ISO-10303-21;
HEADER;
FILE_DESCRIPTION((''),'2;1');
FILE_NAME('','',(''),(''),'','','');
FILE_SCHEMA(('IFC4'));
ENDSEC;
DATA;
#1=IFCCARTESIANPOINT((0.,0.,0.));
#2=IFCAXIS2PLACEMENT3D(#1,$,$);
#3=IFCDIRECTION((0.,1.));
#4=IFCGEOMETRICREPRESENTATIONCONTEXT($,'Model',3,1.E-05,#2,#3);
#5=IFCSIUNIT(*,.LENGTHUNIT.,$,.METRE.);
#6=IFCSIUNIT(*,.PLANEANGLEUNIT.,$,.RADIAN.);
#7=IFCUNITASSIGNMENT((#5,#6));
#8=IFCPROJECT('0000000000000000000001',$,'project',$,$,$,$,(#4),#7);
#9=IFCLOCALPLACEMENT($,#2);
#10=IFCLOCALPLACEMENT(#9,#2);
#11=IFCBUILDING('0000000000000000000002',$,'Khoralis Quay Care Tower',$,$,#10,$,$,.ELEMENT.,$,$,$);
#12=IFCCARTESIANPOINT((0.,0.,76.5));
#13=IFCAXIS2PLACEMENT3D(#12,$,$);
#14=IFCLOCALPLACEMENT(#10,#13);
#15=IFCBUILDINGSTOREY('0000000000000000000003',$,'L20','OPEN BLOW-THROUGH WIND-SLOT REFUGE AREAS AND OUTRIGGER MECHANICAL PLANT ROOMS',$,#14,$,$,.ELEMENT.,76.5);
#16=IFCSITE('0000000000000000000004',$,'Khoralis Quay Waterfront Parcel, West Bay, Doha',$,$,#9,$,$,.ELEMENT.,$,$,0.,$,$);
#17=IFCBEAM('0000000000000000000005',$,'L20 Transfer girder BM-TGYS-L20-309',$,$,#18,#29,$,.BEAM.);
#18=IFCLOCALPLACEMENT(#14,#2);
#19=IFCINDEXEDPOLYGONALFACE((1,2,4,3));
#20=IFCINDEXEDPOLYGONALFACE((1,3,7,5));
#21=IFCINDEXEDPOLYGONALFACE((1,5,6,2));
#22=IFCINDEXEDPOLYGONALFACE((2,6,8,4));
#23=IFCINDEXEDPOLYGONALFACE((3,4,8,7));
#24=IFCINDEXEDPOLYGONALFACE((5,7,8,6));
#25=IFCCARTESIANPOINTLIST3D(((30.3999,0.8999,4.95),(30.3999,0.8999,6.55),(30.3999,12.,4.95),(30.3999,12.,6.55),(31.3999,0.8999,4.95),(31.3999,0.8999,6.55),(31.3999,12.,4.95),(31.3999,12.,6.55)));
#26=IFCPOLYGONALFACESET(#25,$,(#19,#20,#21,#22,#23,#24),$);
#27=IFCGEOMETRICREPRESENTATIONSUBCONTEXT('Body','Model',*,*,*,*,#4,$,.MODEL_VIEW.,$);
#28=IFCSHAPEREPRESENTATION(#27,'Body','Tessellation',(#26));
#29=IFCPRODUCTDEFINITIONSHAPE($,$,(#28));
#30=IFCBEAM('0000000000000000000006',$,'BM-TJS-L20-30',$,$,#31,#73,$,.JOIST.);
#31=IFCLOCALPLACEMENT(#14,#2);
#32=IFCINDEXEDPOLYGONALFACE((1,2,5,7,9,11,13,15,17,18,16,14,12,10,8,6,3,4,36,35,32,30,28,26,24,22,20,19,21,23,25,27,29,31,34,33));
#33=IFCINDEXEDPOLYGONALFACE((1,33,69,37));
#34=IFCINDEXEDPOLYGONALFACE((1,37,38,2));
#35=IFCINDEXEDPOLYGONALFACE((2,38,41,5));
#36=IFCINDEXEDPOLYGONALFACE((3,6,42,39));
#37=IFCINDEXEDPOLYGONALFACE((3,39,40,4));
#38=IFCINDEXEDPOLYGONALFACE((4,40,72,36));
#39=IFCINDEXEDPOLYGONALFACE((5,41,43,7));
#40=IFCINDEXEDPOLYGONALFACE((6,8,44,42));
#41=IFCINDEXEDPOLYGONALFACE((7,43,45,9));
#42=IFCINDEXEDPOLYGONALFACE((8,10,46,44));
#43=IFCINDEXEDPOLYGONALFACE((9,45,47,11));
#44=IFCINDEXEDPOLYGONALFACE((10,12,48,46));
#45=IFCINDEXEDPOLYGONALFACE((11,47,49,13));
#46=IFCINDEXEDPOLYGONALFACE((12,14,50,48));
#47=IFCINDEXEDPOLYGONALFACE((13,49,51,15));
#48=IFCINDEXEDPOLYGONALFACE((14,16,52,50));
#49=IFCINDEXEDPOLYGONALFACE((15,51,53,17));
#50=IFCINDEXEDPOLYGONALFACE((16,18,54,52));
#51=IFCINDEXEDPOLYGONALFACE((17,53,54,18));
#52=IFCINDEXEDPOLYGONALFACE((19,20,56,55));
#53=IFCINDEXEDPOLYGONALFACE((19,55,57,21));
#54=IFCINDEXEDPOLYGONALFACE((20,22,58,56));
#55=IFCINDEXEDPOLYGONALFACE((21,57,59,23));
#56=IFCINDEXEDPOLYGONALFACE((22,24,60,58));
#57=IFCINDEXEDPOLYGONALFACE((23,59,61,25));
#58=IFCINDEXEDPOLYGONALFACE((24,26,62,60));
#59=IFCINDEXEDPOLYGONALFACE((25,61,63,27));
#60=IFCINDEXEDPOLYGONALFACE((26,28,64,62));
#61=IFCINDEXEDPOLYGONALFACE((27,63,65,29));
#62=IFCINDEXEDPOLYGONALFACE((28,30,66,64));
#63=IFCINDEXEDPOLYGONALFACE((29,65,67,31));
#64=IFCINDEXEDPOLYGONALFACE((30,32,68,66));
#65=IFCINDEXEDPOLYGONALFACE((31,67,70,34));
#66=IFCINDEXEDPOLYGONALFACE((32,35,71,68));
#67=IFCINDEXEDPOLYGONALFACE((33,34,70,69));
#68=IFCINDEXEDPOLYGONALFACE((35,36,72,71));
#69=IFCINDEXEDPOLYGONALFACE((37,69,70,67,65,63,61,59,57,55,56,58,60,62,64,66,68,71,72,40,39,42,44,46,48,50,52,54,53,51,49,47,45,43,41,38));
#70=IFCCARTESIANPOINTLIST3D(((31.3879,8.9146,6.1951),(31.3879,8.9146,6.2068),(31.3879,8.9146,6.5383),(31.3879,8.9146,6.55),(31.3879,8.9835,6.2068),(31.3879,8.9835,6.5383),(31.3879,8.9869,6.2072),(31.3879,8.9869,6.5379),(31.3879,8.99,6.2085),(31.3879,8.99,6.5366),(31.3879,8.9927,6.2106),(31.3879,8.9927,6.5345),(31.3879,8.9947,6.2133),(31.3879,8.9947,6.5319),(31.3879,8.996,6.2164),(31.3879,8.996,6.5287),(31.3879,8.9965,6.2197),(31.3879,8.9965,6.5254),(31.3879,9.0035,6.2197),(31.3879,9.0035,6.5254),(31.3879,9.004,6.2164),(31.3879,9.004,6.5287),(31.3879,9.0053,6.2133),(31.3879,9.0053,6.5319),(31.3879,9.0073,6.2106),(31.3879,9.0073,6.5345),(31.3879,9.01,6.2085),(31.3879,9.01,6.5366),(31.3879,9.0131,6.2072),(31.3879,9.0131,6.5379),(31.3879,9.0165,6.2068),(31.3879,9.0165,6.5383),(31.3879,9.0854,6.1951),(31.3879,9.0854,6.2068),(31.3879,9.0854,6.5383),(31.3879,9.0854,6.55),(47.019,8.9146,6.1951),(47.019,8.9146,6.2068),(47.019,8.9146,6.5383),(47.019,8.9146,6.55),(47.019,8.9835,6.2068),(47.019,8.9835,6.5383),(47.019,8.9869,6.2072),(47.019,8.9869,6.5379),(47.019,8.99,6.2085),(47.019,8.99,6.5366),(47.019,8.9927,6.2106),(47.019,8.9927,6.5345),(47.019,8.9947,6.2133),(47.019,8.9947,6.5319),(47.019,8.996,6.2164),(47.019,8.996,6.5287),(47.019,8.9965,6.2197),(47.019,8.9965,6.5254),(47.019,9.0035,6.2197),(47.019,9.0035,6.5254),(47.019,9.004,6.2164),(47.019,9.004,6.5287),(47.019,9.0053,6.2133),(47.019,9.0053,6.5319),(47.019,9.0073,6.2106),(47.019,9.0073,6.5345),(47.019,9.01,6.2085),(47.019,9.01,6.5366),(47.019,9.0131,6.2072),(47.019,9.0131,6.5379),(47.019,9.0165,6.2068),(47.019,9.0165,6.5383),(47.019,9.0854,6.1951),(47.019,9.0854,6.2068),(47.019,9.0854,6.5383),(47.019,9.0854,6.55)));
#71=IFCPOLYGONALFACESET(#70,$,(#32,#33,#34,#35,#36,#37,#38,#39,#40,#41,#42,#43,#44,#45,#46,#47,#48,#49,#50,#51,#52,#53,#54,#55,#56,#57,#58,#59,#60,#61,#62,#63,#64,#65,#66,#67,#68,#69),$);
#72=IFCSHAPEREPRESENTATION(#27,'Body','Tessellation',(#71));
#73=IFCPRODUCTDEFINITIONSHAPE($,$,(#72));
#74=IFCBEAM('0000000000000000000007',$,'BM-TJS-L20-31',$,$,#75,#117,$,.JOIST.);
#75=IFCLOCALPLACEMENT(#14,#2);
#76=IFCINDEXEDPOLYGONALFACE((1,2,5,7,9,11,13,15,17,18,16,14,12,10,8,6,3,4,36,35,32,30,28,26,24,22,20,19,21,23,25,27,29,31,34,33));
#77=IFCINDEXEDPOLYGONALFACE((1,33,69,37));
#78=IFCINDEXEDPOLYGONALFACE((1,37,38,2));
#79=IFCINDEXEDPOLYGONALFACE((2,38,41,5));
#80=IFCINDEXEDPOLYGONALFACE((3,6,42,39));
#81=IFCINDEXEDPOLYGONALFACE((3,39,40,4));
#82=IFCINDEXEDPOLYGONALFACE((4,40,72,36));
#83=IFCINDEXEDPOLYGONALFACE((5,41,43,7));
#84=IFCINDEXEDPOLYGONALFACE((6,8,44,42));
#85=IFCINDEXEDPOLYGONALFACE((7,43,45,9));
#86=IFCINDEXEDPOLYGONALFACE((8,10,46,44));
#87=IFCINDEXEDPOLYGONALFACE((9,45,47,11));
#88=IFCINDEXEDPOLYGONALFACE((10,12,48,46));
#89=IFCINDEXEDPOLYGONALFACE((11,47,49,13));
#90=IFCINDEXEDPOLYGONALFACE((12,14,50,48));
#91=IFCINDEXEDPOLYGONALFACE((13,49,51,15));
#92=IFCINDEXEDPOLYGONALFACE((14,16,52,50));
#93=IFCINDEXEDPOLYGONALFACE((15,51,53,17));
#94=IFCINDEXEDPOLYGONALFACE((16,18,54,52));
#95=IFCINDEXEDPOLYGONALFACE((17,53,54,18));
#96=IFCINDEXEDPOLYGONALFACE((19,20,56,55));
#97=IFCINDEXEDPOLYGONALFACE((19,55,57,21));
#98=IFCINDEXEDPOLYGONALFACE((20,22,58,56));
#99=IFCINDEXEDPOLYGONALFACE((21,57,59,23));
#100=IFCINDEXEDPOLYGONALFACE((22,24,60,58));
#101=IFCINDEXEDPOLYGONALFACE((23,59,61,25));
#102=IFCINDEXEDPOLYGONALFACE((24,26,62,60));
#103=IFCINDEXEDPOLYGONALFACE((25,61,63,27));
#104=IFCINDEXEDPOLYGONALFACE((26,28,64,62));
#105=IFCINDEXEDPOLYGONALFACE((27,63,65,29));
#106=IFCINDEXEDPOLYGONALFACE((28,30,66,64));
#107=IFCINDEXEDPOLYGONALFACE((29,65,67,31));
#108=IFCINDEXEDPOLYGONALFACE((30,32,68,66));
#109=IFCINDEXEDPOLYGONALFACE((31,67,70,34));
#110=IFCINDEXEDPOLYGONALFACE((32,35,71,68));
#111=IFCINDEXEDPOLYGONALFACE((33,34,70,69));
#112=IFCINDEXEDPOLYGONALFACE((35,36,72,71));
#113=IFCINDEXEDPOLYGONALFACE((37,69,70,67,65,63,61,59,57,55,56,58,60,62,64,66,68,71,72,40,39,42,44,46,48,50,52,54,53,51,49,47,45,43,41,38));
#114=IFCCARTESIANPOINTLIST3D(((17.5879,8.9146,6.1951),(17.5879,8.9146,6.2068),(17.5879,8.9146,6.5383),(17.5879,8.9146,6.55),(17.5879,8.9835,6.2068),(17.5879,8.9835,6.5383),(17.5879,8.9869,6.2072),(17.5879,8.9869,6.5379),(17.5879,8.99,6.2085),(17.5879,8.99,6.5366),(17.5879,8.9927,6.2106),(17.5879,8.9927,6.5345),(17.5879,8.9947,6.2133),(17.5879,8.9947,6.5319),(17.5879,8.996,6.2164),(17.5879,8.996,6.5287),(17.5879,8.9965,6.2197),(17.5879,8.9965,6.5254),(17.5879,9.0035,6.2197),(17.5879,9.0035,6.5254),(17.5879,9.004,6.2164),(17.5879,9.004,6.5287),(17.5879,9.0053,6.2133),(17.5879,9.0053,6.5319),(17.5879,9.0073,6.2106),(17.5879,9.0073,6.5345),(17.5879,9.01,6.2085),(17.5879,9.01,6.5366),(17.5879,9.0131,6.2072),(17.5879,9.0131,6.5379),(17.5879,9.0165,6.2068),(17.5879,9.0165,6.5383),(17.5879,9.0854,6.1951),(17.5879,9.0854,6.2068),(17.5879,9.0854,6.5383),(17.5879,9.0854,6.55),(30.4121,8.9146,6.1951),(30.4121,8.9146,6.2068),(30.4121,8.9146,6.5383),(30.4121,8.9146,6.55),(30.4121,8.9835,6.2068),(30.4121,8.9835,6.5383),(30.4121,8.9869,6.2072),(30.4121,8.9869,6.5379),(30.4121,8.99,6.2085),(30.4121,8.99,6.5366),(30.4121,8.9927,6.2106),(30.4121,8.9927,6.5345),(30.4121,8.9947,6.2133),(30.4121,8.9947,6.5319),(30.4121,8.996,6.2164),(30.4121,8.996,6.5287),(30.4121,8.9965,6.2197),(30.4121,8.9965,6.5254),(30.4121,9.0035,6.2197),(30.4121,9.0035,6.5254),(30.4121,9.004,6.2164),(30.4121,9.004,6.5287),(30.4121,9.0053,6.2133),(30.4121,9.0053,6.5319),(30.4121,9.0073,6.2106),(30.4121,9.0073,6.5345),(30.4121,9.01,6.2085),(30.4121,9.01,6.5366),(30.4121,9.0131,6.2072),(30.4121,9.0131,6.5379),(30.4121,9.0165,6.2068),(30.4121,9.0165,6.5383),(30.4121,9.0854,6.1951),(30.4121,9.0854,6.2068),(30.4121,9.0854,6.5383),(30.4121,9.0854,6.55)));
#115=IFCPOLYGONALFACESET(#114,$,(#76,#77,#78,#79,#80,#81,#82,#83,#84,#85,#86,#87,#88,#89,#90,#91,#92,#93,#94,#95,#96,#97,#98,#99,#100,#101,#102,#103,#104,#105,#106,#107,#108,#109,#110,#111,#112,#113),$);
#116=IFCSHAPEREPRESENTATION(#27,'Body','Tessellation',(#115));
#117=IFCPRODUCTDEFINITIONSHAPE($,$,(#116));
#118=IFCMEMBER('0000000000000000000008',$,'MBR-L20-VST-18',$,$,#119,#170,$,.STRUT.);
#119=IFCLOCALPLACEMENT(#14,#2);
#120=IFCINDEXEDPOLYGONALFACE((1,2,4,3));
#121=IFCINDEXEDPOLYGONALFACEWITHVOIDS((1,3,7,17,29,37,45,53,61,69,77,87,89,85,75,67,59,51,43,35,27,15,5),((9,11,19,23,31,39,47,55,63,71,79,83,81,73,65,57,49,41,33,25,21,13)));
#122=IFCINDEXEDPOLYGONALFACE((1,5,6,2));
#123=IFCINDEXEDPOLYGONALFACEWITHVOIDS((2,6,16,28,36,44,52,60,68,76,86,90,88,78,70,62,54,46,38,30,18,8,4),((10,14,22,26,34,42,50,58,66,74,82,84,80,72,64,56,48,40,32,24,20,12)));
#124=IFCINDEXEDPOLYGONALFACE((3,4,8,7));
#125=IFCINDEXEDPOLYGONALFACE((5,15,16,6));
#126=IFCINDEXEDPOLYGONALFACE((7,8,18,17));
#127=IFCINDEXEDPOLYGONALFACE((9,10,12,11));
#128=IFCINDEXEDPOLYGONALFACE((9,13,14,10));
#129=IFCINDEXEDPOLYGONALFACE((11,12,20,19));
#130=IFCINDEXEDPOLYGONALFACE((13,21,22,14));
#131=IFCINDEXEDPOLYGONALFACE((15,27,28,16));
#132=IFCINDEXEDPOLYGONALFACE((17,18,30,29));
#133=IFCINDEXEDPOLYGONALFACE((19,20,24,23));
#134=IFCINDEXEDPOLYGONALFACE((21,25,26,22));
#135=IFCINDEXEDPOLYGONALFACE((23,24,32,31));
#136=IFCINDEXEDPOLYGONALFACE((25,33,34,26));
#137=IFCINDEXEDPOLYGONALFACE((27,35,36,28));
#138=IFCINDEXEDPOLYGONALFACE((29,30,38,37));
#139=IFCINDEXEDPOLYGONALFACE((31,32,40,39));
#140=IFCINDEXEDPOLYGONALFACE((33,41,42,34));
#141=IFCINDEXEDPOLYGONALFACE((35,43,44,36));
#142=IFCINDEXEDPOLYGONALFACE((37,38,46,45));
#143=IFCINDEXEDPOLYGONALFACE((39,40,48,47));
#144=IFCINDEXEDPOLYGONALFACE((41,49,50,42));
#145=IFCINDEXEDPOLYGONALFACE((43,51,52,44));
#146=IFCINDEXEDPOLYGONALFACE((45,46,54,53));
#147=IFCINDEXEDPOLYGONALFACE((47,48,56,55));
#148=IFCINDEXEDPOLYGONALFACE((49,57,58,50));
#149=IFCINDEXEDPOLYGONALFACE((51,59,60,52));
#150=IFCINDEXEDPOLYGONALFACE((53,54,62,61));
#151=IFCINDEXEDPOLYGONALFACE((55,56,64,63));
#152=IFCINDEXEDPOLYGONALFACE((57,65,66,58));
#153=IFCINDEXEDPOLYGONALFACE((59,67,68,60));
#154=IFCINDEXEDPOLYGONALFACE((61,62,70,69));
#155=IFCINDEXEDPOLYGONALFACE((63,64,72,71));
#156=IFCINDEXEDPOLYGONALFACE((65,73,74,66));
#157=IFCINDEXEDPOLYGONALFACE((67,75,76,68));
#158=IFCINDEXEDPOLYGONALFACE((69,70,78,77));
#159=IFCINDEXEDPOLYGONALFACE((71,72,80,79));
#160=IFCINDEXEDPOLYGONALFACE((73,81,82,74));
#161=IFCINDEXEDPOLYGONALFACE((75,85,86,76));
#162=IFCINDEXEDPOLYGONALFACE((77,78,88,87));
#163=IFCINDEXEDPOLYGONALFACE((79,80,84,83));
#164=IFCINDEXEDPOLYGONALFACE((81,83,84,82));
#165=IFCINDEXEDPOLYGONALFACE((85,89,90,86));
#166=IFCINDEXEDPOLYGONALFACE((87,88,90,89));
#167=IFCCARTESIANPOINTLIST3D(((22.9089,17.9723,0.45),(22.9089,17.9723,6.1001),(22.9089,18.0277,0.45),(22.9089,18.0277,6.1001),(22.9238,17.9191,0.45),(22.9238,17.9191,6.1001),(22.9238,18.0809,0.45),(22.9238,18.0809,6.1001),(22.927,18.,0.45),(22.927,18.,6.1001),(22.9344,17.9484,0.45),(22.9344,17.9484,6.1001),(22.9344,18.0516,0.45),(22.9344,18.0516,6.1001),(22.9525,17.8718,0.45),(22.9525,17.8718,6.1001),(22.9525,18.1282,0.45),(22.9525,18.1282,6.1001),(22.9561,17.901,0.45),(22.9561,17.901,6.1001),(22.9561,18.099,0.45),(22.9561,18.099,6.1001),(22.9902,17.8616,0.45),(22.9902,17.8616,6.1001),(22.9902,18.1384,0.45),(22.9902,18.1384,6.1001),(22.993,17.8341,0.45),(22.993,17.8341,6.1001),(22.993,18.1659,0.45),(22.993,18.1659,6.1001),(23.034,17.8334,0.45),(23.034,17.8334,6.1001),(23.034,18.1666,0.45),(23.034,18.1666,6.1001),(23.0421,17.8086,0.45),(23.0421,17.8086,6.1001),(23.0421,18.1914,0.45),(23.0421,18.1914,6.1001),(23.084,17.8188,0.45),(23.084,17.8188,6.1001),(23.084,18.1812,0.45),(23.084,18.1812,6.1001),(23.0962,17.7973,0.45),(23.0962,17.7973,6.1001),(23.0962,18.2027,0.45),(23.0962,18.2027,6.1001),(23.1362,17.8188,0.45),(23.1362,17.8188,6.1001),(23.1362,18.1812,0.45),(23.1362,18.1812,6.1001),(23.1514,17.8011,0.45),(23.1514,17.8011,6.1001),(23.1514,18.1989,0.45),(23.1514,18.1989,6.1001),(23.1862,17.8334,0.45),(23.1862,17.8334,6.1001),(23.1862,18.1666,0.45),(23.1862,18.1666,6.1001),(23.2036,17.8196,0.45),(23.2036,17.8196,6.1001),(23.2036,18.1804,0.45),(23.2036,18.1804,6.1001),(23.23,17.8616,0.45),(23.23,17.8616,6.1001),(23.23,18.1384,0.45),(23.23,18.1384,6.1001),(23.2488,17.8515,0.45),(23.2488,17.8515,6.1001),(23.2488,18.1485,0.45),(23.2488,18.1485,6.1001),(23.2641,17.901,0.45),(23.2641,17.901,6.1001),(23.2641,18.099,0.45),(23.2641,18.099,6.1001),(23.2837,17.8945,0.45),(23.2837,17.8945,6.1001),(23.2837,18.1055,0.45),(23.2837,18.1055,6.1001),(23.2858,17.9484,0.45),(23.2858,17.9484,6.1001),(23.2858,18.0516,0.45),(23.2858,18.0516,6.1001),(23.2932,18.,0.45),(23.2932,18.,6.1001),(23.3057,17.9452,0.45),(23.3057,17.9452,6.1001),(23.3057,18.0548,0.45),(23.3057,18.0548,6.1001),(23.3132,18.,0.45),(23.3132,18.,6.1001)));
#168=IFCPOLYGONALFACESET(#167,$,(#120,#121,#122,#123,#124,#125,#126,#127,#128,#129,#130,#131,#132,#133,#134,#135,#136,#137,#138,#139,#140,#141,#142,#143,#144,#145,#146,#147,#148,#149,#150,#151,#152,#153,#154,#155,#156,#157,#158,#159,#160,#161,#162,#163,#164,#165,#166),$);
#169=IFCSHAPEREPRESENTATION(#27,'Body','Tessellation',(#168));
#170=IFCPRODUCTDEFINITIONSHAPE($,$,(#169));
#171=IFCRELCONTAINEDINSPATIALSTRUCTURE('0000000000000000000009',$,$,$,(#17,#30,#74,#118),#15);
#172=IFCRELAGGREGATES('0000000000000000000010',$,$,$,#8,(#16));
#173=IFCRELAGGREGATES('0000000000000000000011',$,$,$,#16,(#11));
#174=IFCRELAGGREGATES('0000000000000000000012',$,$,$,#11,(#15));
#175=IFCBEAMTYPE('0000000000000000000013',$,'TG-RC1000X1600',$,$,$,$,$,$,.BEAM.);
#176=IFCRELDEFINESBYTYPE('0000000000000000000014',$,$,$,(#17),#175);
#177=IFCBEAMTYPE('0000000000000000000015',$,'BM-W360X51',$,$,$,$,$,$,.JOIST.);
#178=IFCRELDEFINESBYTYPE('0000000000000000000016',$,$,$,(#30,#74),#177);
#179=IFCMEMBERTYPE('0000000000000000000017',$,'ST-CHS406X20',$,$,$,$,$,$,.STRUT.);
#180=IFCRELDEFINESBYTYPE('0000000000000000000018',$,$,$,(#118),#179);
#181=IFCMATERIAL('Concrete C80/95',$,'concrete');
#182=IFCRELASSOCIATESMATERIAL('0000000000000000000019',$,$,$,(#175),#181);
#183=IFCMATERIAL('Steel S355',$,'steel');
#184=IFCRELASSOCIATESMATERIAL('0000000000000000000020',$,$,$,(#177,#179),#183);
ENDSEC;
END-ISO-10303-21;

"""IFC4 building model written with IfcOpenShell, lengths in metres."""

from ifc_helpers import new_model, si_unit, direction, frame, origin, origin_2d, place, context, subcontext, project, spatial, rectangle, hollow_circle, i_section, extrude, source, transform, mapped, material, material_profile, profile_set, type_object, element, save


model = new_model("IFC4")

# Units and contexts
model_context = context("Model", 3, precision=1e-05, world=origin(), true_north=direction((0.0, 1.0)))
body_context = subcontext(model_context, "Body", "Model", "MODEL_VIEW")
ifc_project = project(units=[si_unit("LENGTHUNIT", "METRE"), si_unit("PLANEANGLEUNIT", "RADIAN")], contexts=[model_context])

# Site, building, storey
site_placement = place(None, origin())
site = spatial("IfcSite", under=ifc_project, at=site_placement, Name="Khoralis Quay Waterfront Parcel, West Bay, Doha", CompositionType="ELEMENT", RefElevation=0.0)
building_placement = place(site_placement, origin())
building = spatial("IfcBuilding", under=site, at=building_placement, Name="Khoralis Quay Care Tower", CompositionType="ELEMENT")
storey_placement = place(building_placement, frame((0.0, 0.0, 76.5)))
storey = spatial("IfcBuildingStorey", under=building, at=storey_placement, Name="L20", Description="OPEN BLOW-THROUGH WIND-SLOT REFUGE AREAS AND OUTRIGGER MECHANICAL PLANT ROOMS", CompositionType="ELEMENT", Elevation=76.5)

# Shared definitions
ifc_material_1 = material(Name="Concrete C80/95", Category="concrete")

# Beams
ifc_material_2 = material(Name="Steel S355", Category="steel")
ifc_material_profile_1 = material_profile(ifc_material_1, rectangle(XDim=1.0, YDim=1.6001, at=origin_2d()), Name="Concrete C80/95")
ifc_profile_set_1 = profile_set([ifc_material_profile_1], Name="Concrete C80/95")
beam_type_1 = type_object("IfcBeamType", Name="TG-RC1000X1600", PredefinedType="BEAM", material=ifc_profile_set_1)
shared_shape_1 = source(origin(), body_context, "Body", "SweptSolid", [
    extrude(rectangle(XDim=1.0, YDim=1.6001, at=origin_2d()), origin(), (0.0, 0.0, 1.0), 11.1001),
])
for number, where, z_axis, x_axis, name in (
    (1, (30.8999, 0.8999, 5.75), (0.0, 1.0, 0.0), (-1.0, 0.0, 0.0), "L20 Transfer girder BM-TGYS-L20-309"),
):
    element("IfcBeam", number, at=place(storey_placement, frame(where, z_axis=z_axis, x_axis=x_axis)), inside=storey, type_object=beam_type_1, Name=name, PredefinedType="BEAM", context=body_context, shape_type="MappedRepresentation", body=[
        mapped(shared_shape_1, transform((0.0, 0.0, 0.0), scale=1.0)),
    ])
ifc_material_profile_2 = material_profile(ifc_material_2, i_section(OverallWidth=0.1709, OverallDepth=0.355, WebThickness=0.0071, FlangeThickness=0.0117, FilletRadius=0.0129, at=origin_2d()), Name="Steel S355")
ifc_profile_set_2 = profile_set([ifc_material_profile_2], Name="Steel S355")
beam_type_2 = type_object("IfcBeamType", Name="BM-W360X51", PredefinedType="JOIST", material=ifc_profile_set_2)
shared_shape_2 = source(origin(), body_context, "Body", "SweptSolid", [
    extrude(i_section(OverallWidth=0.1709, OverallDepth=0.355, WebThickness=0.0071, FlangeThickness=0.0117, FilletRadius=0.0129, at=origin_2d()), origin(), (0.0, 0.0, 1.0), 15.6311),
])
beam_1_placement = place(storey_placement, frame((31.3879, 9.0, 6.3726), z_axis=(1.0, 0.0, 0.0), x_axis=(0.0, 1.0, 0.0)))
element("IfcBeam", 2, at=beam_1_placement, inside=storey, type_object=beam_type_2, Name="BM-TJS-L20-30", PredefinedType="JOIST", context=body_context, shape_type="MappedRepresentation", body=[
    mapped(shared_shape_2, transform((0.0, 0.0, 0.0), scale=1.0)),
])
shared_shape_3 = source(origin(), body_context, "Body", "SweptSolid", [
    extrude(i_section(OverallWidth=0.1709, OverallDepth=0.355, WebThickness=0.0071, FlangeThickness=0.0117, FilletRadius=0.0129, at=origin_2d()), origin(), (0.0, 0.0, 1.0), 12.8242),
])
beam_2_placement = place(storey_placement, frame((17.5879, 9.0, 6.3726), z_axis=(1.0, 0.0, 0.0), x_axis=(0.0, 1.0, 0.0)))
element("IfcBeam", 3, at=beam_2_placement, inside=storey, type_object=beam_type_2, Name="BM-TJS-L20-31", PredefinedType="JOIST", context=body_context, shape_type="MappedRepresentation", body=[
    mapped(shared_shape_3, transform((0.0, 0.0, 0.0), scale=1.0)),
])

# Member
ifc_material_profile_3 = material_profile(ifc_material_2, hollow_circle(Radius=0.2031, WallThickness=0.02, at=origin_2d()), Name="Steel S355")
ifc_profile_set_3 = profile_set([ifc_material_profile_3], Name="Steel S355")
member_type_1 = type_object("IfcMemberType", Name="ST-CHS406X20", PredefinedType="STRUT", material=ifc_profile_set_3)
shared_shape_4 = source(origin(), body_context, "Body", "SweptSolid", [
    extrude(hollow_circle(Radius=0.2031, WallThickness=0.02, at=origin_2d()), origin(), (0.0, 0.0, 1.0), 5.6501),
])
member_1_placement = place(storey_placement, frame((23.1101, 18.0, 0.45), z_axis=(0.0, 0.0, 1.0), x_axis=(1.0, 0.0, 0.0)))
element("IfcMember", 4, at=member_1_placement, inside=storey, type_object=member_type_1, Name="MBR-L20-VST-18", PredefinedType="STRUT", context=body_context, shape_type="MappedRepresentation", body=[
    mapped(shared_shape_4, transform((0.0, 0.0, 0.0), scale=1.0)),
])

save(model, "model.ifc")
